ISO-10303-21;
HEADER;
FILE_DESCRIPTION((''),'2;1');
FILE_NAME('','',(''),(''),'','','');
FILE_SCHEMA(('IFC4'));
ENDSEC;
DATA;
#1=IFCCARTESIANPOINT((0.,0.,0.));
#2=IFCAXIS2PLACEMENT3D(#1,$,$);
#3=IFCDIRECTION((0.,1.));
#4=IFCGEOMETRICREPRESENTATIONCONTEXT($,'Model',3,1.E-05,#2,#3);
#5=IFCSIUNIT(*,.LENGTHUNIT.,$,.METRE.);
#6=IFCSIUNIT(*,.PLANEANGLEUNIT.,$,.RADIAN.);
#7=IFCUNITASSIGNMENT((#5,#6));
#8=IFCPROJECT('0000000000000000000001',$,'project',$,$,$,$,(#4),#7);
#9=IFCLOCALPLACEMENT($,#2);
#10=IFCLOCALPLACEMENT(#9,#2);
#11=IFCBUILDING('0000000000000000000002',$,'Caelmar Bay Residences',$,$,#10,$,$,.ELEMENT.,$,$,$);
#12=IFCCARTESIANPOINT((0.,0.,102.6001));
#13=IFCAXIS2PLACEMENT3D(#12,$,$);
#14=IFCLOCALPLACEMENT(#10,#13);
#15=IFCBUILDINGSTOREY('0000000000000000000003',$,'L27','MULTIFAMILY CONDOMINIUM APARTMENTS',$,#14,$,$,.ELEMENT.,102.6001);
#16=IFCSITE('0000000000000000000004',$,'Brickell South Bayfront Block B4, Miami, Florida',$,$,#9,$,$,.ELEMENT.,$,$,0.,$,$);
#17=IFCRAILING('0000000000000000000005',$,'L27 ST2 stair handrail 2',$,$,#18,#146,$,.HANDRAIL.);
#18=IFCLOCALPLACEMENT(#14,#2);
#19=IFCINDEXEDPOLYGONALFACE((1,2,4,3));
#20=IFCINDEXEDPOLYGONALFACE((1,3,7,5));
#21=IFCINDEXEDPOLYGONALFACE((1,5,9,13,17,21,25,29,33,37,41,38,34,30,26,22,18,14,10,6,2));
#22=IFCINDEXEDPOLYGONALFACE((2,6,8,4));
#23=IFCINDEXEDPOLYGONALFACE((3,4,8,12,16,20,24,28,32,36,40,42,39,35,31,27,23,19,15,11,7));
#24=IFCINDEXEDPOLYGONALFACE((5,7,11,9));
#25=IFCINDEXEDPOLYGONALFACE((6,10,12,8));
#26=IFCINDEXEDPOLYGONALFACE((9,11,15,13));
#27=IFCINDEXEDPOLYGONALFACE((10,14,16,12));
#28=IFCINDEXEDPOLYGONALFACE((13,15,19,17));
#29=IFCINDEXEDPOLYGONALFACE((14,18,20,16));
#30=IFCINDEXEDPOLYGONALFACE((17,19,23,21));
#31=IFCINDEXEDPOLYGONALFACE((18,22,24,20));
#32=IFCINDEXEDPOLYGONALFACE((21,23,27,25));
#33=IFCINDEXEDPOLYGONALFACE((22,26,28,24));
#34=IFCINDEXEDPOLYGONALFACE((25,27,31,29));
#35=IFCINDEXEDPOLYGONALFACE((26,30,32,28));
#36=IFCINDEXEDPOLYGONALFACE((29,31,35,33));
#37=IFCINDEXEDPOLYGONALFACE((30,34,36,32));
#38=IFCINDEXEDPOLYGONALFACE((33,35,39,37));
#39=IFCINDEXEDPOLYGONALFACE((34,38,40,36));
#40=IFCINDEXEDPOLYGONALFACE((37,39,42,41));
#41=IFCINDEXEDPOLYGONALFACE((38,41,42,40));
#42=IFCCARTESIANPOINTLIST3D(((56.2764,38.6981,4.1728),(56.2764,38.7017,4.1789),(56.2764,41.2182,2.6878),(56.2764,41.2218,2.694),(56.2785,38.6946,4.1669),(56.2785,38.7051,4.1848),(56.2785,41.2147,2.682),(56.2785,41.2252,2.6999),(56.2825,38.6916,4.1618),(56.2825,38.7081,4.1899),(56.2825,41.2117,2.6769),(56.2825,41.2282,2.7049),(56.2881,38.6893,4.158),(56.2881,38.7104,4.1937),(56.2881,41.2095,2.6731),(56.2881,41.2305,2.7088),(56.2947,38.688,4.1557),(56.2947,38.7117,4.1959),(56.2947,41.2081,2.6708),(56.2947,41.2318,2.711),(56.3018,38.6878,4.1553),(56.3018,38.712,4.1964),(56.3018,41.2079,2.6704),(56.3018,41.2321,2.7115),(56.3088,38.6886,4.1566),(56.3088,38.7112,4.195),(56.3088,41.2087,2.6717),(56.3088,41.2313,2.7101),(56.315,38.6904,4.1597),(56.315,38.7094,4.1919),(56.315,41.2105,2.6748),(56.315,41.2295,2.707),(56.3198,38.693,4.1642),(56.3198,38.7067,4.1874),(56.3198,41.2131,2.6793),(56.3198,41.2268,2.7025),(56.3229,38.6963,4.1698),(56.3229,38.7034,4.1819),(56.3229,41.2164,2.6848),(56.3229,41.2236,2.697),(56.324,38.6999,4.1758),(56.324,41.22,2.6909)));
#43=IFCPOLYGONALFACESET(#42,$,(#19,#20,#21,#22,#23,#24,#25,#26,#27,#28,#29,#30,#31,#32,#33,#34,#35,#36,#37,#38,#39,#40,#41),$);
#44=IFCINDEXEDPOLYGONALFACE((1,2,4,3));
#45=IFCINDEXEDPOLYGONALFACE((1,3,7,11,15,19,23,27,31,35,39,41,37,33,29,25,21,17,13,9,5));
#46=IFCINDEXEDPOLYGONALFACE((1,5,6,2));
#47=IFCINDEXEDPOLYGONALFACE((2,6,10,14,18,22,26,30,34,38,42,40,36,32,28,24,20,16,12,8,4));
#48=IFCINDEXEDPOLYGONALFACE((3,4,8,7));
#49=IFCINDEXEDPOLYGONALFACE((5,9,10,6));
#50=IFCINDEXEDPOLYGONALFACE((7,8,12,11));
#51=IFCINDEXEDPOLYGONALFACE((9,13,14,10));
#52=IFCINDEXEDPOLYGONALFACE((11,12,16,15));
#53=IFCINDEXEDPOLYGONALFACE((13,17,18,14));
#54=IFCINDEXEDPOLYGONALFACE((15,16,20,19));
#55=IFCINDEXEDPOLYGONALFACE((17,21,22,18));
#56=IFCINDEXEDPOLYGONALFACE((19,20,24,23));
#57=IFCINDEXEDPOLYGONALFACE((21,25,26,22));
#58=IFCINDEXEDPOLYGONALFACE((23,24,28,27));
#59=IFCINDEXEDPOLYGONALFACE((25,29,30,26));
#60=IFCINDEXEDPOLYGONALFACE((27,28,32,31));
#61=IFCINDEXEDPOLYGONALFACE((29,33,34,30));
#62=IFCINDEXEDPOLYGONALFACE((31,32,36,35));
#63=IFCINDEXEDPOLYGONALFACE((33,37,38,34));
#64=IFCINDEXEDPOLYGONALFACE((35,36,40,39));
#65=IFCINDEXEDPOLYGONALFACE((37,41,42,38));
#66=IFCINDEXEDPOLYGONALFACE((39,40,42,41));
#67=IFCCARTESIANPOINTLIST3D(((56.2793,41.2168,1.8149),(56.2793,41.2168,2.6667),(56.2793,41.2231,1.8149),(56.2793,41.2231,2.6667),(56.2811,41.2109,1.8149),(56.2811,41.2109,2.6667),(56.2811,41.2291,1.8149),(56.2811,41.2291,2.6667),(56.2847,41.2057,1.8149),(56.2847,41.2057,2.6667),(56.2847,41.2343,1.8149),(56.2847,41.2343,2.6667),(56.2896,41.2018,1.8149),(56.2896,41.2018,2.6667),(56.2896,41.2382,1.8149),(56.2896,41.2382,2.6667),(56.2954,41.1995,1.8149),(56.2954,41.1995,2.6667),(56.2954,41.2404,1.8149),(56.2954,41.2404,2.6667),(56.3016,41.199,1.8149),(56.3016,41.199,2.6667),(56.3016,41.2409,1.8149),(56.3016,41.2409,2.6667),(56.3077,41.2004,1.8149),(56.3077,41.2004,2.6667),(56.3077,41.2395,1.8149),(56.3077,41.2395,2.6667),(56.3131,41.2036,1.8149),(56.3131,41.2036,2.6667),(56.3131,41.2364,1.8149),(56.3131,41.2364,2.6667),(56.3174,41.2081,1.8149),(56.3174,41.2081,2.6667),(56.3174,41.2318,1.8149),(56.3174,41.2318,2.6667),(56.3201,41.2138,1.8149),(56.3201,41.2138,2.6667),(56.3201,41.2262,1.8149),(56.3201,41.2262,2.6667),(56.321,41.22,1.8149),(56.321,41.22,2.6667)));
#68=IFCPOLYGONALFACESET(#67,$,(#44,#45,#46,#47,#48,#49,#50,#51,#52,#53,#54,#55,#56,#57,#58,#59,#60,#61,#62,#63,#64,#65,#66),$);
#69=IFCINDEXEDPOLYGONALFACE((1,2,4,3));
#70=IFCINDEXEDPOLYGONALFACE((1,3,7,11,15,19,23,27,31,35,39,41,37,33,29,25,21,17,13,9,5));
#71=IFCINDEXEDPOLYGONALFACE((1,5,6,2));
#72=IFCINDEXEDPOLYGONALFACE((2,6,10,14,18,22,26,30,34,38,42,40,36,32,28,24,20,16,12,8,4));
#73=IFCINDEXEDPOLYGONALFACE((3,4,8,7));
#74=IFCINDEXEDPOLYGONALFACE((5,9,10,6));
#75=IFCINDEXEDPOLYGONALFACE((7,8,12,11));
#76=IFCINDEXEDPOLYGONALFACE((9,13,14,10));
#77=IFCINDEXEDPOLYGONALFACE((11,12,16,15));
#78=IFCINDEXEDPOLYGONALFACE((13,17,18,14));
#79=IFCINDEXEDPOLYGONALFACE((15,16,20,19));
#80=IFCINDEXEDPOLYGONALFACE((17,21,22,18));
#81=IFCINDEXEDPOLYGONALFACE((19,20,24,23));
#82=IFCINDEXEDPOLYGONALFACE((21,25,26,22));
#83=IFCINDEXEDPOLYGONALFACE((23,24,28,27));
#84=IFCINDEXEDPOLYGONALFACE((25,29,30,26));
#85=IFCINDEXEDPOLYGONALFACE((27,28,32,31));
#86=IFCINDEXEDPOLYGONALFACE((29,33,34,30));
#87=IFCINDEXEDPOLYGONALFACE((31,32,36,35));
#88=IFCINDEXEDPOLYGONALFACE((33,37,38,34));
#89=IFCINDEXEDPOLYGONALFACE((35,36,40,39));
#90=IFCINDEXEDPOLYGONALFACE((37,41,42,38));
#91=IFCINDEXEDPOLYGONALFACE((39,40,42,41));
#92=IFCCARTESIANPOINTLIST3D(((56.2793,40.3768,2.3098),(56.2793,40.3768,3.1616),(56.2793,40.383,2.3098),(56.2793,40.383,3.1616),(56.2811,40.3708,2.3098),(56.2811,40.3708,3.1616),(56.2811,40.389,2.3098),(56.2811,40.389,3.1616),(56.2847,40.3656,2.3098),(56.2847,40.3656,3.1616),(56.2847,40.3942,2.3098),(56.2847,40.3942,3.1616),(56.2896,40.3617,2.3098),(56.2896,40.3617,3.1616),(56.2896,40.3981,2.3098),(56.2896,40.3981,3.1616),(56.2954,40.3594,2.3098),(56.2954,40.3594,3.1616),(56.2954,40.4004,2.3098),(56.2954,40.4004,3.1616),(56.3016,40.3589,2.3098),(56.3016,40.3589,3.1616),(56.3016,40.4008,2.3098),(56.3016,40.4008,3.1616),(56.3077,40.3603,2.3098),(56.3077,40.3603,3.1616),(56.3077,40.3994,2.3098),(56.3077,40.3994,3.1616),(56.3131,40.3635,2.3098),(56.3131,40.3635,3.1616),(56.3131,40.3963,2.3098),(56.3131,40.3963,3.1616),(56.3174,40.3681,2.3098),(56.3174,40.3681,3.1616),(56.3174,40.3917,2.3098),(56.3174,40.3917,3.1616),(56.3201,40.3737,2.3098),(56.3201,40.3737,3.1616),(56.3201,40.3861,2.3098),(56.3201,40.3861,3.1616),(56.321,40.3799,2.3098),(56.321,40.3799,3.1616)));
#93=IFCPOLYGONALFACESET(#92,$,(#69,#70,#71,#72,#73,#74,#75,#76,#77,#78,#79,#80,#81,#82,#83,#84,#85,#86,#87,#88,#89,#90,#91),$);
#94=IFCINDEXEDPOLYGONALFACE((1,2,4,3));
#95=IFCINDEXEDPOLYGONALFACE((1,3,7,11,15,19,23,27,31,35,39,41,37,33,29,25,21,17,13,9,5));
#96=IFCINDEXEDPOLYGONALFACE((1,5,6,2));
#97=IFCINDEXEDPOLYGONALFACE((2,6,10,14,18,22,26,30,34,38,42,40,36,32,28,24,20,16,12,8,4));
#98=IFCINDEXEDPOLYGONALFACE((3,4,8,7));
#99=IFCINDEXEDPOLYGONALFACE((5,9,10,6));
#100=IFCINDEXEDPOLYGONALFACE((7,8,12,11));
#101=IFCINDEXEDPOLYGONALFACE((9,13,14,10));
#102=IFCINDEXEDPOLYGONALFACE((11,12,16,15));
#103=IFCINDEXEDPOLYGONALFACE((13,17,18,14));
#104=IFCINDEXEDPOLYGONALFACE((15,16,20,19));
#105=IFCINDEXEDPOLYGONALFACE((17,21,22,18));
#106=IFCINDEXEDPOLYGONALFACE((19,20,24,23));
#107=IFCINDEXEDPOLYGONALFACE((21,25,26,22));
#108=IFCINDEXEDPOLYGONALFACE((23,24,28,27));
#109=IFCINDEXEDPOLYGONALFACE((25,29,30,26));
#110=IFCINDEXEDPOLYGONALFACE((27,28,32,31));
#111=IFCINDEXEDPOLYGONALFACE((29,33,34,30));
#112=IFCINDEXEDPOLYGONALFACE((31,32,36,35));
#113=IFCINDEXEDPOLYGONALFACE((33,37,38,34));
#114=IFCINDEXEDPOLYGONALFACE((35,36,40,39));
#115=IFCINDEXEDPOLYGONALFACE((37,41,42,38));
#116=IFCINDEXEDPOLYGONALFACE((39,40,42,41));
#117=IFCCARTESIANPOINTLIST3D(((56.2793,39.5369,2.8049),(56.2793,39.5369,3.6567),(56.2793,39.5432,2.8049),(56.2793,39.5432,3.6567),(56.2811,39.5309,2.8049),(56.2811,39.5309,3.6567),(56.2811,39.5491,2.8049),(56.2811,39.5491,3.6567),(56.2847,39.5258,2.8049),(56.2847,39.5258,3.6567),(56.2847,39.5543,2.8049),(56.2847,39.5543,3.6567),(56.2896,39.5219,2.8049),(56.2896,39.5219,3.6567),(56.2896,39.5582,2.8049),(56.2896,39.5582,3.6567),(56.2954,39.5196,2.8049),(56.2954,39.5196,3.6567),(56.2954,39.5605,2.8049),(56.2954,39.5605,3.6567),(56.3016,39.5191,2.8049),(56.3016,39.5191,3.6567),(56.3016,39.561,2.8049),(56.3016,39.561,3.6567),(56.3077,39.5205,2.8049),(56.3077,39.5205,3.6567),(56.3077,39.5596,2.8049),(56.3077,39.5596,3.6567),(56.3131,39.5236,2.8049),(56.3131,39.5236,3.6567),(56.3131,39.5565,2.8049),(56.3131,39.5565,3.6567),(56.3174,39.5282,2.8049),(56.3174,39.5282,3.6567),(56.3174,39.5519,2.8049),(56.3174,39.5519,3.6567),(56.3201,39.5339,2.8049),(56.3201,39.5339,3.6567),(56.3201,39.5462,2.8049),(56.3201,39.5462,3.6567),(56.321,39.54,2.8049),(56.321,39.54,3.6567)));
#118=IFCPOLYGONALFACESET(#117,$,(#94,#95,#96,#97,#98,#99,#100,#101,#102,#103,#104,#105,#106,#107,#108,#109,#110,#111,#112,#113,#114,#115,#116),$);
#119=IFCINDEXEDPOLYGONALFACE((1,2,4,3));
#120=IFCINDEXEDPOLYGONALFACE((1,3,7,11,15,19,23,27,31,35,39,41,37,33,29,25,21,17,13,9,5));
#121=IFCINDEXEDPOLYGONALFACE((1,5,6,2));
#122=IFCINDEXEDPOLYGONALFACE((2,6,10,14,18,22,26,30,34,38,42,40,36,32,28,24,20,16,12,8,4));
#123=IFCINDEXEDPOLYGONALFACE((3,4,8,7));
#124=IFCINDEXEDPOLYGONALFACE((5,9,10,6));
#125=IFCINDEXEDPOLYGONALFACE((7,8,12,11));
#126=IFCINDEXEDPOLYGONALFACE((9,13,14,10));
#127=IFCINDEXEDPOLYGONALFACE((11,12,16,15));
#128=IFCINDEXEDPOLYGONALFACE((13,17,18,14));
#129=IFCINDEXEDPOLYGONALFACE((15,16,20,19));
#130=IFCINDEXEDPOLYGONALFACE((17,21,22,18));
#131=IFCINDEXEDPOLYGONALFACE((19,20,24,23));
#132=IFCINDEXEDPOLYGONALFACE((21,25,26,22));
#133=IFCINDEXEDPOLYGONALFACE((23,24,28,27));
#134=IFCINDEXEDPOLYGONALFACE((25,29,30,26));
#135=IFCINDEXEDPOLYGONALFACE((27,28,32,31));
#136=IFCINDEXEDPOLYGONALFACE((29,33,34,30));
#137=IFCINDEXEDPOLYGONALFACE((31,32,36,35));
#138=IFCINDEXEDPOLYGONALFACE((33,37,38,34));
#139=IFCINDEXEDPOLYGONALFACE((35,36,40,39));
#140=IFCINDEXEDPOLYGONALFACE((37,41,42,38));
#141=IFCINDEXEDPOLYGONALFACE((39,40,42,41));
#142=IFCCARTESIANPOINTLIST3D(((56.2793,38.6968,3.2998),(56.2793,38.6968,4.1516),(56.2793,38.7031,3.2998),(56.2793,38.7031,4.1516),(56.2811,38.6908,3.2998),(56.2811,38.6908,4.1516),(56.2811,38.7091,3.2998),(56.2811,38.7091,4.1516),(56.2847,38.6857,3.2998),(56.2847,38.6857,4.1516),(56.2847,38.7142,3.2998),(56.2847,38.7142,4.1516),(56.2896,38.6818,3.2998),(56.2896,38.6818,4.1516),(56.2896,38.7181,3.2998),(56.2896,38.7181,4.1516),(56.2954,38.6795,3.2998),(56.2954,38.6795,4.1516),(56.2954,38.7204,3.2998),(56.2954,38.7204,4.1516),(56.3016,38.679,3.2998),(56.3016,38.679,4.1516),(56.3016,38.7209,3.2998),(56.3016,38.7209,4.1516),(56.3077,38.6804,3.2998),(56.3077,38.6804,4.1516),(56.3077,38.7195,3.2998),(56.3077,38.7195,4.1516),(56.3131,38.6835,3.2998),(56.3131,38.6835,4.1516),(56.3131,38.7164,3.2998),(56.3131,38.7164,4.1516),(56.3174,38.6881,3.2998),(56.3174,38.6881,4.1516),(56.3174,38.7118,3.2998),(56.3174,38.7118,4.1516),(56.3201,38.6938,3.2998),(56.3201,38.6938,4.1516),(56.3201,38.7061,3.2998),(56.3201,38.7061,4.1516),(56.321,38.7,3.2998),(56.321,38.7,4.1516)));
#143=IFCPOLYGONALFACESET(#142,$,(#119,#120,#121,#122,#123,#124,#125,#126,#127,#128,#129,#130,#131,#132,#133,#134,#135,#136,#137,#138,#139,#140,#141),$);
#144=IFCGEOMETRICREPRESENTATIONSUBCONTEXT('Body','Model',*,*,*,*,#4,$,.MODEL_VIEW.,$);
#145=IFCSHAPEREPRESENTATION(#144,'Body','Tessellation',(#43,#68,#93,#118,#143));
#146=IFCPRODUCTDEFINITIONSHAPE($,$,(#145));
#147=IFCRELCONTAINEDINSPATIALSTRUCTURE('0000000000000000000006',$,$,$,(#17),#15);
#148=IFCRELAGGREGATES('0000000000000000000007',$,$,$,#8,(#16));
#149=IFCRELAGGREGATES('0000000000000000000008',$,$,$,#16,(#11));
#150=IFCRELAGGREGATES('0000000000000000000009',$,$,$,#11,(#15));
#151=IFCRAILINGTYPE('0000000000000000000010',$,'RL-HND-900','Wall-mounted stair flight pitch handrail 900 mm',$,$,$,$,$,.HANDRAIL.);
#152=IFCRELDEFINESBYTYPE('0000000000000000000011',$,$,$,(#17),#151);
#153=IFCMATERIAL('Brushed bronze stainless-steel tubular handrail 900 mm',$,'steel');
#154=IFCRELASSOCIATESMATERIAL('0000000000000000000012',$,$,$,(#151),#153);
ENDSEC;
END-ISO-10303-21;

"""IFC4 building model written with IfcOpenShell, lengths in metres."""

from ifc_helpers import new_model, si_unit, direction, frame, origin, origin_2d, place, context, subcontext, project, spatial, circle, extrude, material, type_object, element, save


model = new_model("IFC4")

# Units and contexts
model_context = context("Model", 3, precision=1e-05, world=origin(), true_north=direction((0.0, 1.0)))
body_context = subcontext(model_context, "Body", "Model", "MODEL_VIEW")
ifc_project = project(units=[si_unit("LENGTHUNIT", "METRE"), si_unit("PLANEANGLEUNIT", "RADIAN")], contexts=[model_context])

# Site, building, storey
site_placement = place(None, origin())
site = spatial("IfcSite", under=ifc_project, at=site_placement, Name="Brickell South Bayfront Block B4, Miami, Florida", CompositionType="ELEMENT", RefElevation=0.0)
building_placement = place(site_placement, origin())
building = spatial("IfcBuilding", under=site, at=building_placement, Name="Caelmar Bay Residences", CompositionType="ELEMENT")
storey_placement = place(building_placement, frame((0.0, 0.0, 102.6001)))
storey = spatial("IfcBuildingStorey", under=building, at=storey_placement, Name="L27", Description="MULTIFAMILY CONDOMINIUM APARTMENTS", CompositionType="ELEMENT", Elevation=102.6001)

# Railing
ifc_material_1 = material(Name="Brushed bronze stainless-steel tubular handrail 900 mm", Category="steel")
railing_type_1 = type_object("IfcRailingType", Name="RL-HND-900", Description="Wall-mounted stair flight pitch handrail 900 mm", PredefinedType="HANDRAIL", material=ifc_material_1)
railing_1_placement = place(storey_placement, frame((56.3, 41.22, 1.8149)))
element("IfcRailing", 1, at=railing_1_placement, inside=storey, type_object=railing_type_1, Name="L27 ST2 stair handrail 2", PredefinedType="HANDRAIL", context=body_context, shape_type="SweptSolid", body=[
    extrude(circle(Radius=0.0239, at=origin_2d()), frame((0.0, 0.0, 0.876), z_axis=(0.0, -0.861561, 0.507655), x_axis=(1.0, 0.0, 0.0)), (0.0, 0.0, 1.0), 2.925),
    extrude(circle(Radius=0.021, at=origin_2d()), origin(), (0.0, 0.0, 1.0), 0.8518),
    extrude(circle(Radius=0.021, at=origin_2d()), frame((0.0, -0.8401, 0.4949)), (0.0, 0.0, 1.0), 0.8518),
    extrude(circle(Radius=0.021, at=origin_2d()), frame((0.0, -1.6799, 0.99)), (0.0, 0.0, 1.0), 0.8518),
    extrude(circle(Radius=0.021, at=origin_2d()), frame((0.0, -2.52, 1.4849)), (0.0, 0.0, 1.0), 0.8518),
])

save(model, "model.ifc")
